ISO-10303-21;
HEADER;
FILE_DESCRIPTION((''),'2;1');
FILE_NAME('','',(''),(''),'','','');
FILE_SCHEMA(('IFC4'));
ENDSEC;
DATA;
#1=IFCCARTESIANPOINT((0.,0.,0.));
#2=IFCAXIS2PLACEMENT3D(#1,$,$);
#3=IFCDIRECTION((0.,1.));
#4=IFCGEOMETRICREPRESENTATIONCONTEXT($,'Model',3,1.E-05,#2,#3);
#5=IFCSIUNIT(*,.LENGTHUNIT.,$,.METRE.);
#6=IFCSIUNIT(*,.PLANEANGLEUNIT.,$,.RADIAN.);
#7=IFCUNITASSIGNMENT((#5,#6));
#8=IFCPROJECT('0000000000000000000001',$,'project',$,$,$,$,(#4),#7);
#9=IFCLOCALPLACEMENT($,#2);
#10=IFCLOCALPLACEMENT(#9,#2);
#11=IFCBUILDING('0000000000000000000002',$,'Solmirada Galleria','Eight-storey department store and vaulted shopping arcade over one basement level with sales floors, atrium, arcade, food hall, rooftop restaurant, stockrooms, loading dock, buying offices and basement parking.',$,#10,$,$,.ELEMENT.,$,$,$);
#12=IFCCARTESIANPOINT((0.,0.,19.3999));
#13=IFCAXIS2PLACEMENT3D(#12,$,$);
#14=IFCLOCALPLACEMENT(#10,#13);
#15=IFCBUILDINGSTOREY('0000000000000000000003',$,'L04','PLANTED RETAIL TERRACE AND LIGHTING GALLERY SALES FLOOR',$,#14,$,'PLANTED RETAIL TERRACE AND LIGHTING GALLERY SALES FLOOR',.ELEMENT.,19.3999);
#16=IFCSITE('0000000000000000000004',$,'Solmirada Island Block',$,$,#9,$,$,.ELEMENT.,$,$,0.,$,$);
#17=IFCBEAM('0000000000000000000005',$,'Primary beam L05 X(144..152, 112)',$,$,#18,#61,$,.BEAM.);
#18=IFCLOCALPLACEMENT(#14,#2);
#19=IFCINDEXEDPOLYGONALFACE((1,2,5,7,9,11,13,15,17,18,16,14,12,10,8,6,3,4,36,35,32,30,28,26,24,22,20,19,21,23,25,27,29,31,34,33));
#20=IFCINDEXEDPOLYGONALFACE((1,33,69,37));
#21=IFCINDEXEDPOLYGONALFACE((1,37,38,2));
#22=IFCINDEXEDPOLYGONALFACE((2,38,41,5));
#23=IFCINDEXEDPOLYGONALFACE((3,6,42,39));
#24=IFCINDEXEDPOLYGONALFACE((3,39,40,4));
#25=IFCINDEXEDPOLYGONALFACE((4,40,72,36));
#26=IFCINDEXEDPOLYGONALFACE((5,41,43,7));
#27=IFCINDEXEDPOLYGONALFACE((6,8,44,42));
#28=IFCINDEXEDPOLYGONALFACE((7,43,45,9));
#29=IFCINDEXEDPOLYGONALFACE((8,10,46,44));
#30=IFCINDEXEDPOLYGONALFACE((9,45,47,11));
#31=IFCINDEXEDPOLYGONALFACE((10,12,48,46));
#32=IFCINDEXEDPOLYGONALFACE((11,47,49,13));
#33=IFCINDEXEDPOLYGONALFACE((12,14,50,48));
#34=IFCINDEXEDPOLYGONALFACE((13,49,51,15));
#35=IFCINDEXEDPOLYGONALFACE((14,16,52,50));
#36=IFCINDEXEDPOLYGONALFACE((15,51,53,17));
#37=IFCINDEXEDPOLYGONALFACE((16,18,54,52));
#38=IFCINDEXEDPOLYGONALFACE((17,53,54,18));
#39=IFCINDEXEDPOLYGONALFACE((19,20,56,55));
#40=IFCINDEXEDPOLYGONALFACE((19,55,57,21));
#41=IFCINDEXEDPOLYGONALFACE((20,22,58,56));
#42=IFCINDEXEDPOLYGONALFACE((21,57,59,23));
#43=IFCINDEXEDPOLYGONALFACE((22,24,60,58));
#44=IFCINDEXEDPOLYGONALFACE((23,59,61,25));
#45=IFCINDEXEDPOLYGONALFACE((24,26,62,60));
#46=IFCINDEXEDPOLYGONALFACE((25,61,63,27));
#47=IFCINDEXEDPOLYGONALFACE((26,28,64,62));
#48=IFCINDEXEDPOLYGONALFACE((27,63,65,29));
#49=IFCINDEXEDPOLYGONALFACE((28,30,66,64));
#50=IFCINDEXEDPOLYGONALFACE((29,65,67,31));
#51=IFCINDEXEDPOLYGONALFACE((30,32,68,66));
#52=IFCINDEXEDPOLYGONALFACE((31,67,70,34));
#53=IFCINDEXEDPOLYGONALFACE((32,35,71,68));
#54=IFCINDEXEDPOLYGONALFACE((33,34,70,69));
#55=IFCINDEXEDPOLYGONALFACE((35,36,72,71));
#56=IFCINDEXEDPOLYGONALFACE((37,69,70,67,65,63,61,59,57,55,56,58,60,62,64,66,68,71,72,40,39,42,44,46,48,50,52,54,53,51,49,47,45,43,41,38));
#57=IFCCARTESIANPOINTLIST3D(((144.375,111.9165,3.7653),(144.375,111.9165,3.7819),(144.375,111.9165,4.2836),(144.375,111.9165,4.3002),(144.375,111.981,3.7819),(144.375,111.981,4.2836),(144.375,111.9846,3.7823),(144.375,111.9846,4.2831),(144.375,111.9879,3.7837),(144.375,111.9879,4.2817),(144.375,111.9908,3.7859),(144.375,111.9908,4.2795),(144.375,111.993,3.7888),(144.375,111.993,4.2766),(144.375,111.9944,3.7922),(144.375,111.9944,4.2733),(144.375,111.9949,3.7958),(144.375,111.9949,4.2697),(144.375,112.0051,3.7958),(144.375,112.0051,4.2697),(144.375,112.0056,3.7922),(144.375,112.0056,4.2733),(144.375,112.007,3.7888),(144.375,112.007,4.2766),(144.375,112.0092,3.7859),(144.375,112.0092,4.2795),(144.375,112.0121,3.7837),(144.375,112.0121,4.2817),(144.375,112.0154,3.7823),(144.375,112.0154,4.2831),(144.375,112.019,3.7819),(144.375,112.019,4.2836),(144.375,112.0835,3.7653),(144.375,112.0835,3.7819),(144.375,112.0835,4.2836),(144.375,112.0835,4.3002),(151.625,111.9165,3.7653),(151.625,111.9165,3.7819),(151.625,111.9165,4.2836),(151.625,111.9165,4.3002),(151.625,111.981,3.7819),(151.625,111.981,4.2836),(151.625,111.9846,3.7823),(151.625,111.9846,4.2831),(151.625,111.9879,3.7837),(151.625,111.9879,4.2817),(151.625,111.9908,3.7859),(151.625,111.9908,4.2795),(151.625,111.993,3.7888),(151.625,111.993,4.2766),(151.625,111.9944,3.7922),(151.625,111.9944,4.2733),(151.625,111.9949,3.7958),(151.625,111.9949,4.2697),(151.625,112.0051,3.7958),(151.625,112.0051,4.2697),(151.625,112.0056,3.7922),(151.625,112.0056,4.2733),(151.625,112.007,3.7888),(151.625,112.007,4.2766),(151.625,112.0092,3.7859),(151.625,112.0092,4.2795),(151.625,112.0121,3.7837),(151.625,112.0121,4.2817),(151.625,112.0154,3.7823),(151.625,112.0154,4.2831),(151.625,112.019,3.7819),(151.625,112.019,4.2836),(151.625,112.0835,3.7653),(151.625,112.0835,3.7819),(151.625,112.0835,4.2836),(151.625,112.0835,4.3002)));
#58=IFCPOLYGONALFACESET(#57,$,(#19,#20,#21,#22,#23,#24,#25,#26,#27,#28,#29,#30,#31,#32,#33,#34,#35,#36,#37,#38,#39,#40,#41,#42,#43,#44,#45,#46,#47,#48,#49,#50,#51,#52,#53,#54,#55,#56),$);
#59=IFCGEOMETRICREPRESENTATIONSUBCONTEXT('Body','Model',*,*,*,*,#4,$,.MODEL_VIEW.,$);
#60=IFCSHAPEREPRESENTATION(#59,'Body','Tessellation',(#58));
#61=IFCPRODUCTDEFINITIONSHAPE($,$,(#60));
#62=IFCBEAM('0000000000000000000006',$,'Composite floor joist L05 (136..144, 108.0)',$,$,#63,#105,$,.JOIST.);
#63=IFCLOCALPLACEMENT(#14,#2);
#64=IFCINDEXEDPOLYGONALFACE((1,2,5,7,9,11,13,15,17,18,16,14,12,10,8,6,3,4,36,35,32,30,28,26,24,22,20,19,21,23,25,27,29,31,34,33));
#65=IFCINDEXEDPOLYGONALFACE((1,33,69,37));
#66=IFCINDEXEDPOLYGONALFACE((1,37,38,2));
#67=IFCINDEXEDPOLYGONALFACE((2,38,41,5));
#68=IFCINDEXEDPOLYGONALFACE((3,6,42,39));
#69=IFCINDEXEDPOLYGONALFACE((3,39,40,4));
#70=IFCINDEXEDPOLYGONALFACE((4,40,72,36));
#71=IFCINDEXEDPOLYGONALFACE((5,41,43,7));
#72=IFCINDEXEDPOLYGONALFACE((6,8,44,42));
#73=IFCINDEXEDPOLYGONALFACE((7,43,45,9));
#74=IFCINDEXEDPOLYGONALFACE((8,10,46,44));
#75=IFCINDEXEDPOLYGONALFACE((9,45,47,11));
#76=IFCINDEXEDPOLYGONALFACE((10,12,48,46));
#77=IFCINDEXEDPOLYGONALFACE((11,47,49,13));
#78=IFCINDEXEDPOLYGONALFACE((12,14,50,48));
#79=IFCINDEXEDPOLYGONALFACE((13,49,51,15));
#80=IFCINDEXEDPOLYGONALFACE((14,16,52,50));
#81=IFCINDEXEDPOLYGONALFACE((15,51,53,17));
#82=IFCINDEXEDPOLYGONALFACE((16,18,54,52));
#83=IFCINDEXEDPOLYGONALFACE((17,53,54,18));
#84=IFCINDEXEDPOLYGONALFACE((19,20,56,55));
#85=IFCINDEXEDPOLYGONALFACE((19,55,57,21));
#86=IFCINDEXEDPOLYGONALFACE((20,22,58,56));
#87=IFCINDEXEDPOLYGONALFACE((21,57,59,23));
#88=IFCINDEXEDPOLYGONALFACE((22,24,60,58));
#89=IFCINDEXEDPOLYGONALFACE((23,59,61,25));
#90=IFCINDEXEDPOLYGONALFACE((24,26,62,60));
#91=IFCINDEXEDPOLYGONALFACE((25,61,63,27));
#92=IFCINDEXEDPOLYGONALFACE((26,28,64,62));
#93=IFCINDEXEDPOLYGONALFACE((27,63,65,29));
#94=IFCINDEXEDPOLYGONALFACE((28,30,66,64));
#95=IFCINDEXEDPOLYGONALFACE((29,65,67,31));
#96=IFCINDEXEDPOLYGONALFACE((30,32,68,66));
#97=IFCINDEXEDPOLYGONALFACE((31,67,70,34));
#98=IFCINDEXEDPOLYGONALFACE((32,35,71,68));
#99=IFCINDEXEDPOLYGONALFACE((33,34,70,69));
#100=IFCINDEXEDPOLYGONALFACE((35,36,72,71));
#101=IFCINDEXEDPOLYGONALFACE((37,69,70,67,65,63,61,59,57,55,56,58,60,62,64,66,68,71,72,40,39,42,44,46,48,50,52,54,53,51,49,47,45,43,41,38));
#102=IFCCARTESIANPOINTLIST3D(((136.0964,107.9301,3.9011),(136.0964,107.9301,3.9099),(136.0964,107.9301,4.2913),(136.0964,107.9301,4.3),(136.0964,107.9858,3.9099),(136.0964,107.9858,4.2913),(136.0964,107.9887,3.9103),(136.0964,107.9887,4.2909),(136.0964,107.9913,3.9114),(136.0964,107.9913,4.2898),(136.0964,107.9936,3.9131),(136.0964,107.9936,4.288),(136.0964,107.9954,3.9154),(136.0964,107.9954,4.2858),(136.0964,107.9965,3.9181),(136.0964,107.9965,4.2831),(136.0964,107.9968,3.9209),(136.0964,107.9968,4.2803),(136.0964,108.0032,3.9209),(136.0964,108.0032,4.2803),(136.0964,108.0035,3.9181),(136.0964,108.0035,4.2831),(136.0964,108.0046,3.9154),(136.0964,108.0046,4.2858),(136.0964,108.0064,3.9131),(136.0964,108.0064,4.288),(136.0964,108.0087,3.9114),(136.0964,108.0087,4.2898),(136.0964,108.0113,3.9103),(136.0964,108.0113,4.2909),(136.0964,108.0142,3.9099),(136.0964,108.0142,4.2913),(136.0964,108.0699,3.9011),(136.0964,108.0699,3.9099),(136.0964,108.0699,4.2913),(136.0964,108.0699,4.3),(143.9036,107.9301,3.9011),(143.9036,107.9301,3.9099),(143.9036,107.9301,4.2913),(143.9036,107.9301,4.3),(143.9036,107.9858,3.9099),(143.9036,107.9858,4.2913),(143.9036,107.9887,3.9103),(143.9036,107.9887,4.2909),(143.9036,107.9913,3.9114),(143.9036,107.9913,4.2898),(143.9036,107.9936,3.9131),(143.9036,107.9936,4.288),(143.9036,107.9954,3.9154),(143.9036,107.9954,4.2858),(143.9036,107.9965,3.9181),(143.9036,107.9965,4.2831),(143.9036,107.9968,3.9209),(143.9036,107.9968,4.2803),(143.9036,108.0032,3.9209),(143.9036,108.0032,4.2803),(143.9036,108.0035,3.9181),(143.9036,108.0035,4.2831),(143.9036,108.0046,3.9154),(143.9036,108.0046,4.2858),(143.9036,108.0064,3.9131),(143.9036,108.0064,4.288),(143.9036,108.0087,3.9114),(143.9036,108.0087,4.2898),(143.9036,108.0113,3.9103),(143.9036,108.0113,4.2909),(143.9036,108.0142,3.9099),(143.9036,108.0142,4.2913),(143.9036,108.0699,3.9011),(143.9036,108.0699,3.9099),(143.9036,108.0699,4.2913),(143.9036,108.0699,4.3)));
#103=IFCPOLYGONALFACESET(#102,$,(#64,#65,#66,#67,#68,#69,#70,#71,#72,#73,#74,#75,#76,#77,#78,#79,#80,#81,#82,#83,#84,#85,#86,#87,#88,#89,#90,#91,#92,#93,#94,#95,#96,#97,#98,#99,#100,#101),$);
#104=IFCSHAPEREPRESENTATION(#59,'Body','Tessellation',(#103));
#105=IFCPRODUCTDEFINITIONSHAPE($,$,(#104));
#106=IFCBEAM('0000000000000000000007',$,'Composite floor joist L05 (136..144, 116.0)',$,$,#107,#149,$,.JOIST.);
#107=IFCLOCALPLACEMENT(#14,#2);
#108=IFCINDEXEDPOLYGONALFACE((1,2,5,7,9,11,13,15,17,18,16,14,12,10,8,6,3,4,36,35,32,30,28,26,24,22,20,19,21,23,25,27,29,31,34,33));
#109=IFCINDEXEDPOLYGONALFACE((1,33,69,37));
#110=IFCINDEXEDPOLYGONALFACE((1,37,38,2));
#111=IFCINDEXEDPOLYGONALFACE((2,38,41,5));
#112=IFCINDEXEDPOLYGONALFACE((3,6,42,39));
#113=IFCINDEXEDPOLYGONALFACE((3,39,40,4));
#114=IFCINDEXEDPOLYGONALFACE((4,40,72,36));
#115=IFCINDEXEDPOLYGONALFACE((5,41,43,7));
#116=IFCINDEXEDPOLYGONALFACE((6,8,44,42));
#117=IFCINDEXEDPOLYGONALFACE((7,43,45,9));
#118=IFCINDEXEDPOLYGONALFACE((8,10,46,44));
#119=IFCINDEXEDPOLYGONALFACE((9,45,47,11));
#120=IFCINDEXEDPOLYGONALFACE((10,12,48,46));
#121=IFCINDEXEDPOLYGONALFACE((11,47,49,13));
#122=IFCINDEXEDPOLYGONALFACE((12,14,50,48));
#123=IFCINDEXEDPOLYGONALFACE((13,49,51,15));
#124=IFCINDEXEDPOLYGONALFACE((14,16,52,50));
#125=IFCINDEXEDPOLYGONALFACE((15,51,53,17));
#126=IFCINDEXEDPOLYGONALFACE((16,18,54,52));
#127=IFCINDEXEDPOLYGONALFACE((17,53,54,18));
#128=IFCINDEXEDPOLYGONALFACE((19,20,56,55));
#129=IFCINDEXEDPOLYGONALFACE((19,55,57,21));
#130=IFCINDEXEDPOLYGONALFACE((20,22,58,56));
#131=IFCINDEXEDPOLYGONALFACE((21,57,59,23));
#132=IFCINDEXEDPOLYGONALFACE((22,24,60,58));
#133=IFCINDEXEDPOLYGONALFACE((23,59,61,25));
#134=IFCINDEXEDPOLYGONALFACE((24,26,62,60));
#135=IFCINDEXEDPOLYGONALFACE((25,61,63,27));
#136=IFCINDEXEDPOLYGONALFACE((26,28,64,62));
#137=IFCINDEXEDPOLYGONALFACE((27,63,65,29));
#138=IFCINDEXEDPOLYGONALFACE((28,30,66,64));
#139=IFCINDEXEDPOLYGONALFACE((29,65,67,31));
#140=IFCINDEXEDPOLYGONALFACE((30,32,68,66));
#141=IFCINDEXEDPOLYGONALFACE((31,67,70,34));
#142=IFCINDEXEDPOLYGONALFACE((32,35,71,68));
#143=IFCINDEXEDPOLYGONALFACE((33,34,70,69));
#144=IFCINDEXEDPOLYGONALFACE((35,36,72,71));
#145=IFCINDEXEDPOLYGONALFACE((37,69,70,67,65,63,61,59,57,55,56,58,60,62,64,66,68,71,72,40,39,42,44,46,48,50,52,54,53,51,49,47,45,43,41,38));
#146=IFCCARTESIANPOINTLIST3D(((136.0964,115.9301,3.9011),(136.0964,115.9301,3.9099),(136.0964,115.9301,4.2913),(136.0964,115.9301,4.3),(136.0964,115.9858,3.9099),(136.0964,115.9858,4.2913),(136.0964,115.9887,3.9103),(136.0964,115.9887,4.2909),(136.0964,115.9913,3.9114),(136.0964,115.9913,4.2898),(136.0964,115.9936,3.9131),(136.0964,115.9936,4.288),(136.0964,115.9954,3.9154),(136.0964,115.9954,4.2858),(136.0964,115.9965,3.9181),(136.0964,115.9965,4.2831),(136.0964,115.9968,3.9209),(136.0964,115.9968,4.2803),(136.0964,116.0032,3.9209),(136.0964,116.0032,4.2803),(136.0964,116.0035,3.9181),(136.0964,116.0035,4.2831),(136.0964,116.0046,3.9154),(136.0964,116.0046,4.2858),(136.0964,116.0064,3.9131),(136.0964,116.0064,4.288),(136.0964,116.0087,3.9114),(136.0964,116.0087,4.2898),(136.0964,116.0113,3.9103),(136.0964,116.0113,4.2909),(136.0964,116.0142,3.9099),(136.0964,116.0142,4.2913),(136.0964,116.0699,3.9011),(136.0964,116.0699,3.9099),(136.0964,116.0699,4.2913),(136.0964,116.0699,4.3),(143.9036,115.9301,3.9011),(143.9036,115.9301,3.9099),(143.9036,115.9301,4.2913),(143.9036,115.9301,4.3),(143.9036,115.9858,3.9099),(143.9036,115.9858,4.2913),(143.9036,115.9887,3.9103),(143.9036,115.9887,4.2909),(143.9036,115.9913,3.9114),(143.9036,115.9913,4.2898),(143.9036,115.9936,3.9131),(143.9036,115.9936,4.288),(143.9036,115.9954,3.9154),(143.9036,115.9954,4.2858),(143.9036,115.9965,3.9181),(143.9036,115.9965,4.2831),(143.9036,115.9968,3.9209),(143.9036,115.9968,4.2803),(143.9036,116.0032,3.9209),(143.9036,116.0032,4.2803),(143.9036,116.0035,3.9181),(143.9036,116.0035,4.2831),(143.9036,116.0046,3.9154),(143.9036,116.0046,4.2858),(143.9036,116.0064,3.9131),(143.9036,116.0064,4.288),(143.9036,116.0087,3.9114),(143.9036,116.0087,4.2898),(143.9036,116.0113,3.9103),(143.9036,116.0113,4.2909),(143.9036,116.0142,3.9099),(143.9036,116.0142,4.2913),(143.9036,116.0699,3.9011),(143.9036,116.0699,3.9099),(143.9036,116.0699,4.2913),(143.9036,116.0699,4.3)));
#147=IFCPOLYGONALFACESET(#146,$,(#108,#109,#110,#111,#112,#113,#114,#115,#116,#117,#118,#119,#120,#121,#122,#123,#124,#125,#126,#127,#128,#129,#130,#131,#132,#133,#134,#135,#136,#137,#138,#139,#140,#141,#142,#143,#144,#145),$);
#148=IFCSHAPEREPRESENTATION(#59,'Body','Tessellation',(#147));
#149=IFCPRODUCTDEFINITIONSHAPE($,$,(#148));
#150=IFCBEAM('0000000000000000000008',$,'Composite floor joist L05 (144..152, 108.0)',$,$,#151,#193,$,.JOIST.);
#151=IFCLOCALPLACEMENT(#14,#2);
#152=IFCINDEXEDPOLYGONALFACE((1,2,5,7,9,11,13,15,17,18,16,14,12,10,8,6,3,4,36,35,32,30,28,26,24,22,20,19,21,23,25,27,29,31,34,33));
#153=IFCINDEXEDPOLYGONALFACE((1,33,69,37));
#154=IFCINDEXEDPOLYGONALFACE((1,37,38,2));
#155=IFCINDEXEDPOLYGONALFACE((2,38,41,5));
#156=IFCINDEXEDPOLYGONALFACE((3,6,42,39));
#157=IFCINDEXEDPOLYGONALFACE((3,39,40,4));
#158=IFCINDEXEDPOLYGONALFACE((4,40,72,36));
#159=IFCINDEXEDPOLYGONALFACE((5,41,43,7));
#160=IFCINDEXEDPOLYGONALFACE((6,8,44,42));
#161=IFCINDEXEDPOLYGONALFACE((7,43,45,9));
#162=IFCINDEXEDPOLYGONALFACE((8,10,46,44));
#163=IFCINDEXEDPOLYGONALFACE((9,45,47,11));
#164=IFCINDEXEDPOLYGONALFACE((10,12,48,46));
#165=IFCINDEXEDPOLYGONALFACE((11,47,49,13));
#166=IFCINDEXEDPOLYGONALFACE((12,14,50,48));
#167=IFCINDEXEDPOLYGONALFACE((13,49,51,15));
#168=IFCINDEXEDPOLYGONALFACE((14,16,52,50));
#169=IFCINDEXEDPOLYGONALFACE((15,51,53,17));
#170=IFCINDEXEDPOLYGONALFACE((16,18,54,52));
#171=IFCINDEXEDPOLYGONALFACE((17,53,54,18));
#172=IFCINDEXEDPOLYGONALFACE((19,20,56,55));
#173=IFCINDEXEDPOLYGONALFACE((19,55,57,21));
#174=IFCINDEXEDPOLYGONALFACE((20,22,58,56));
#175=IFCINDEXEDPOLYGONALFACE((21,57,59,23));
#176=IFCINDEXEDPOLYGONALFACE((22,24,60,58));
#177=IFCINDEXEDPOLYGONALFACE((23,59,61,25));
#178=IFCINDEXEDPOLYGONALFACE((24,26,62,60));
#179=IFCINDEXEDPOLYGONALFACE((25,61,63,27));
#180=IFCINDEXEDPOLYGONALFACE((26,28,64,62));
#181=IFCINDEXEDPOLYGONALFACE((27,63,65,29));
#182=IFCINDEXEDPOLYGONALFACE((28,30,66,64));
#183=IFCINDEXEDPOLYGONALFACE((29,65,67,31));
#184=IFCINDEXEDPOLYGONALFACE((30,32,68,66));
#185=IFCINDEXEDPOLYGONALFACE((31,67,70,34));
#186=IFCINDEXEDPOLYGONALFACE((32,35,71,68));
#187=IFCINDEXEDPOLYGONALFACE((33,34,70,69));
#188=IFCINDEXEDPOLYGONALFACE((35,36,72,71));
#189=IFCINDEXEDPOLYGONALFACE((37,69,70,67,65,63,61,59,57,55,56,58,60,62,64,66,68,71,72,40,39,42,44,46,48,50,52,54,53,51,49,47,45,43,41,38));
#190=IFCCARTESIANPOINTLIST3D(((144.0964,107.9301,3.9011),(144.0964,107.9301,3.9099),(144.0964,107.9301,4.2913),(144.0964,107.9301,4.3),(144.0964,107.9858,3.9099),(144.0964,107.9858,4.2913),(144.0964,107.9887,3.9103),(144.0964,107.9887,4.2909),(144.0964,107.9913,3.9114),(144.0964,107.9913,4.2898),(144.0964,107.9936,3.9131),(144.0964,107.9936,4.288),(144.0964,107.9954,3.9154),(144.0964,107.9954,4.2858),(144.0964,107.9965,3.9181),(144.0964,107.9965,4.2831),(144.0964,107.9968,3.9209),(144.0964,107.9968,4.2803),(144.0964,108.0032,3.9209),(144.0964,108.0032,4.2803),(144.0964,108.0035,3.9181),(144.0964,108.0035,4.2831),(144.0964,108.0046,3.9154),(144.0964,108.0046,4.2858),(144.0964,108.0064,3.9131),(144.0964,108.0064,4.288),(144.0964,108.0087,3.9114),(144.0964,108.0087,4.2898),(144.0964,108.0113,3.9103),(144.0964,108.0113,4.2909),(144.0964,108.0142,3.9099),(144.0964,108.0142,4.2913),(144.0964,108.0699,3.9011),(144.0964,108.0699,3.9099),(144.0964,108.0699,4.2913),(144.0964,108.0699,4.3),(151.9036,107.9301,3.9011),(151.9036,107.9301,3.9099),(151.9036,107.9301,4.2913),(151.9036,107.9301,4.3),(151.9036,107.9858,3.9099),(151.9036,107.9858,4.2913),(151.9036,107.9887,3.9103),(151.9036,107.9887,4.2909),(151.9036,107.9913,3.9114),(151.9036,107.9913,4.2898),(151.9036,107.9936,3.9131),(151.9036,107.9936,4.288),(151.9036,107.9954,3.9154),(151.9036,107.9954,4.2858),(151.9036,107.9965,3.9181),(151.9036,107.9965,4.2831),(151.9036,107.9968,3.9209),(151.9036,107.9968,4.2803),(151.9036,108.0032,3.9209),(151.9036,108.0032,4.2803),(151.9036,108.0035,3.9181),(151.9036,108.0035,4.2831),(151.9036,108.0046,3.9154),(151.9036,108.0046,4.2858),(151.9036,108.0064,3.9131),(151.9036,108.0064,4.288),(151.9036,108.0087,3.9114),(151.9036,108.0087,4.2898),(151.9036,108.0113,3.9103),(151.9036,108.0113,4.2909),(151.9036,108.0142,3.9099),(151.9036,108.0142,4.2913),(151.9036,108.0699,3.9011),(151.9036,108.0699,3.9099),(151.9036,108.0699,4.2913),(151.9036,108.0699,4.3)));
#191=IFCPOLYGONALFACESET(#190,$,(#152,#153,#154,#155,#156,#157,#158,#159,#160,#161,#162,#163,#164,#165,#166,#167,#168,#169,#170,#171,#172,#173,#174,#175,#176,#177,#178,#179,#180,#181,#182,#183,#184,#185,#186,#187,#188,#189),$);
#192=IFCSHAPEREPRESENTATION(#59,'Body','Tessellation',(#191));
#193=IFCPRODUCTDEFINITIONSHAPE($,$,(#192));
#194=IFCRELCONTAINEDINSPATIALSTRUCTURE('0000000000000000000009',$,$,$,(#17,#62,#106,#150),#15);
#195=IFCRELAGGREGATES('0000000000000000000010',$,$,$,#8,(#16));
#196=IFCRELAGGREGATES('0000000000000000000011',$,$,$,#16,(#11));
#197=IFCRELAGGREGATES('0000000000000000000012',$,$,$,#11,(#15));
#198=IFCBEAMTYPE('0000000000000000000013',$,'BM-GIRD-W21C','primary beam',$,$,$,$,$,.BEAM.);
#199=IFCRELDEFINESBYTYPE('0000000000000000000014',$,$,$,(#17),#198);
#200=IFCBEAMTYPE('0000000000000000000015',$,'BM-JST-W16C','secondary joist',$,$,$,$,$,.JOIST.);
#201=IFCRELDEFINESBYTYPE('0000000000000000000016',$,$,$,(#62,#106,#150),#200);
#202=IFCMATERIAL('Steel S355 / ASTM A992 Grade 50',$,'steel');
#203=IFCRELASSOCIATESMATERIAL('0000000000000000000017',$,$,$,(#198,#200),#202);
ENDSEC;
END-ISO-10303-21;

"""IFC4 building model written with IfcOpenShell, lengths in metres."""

from ifc_helpers import new_model, si_unit, direction, frame, origin, origin_2d, place, context, subcontext, project, spatial, i_section, extrude, material, material_profile, profile_set, type_object, element, save


model = new_model("IFC4")

# Units and contexts
model_context = context("Model", 3, precision=1e-05, world=origin(), true_north=direction((0.0, 1.0)))
body_context = subcontext(model_context, "Body", "Model", "MODEL_VIEW")
ifc_project = project(units=[si_unit("LENGTHUNIT", "METRE"), si_unit("PLANEANGLEUNIT", "RADIAN")], contexts=[model_context])

# Site, building, storey
site_placement = place(None, origin())
site = spatial("IfcSite", under=ifc_project, at=site_placement, Name="Solmirada Island Block", CompositionType="ELEMENT", RefElevation=0.0)
building_placement = place(site_placement, origin())
building = spatial("IfcBuilding", under=site, at=building_placement, Name="Solmirada Galleria", Description="Eight-storey department store and vaulted shopping arcade over one basement level with sales floors, atrium, arcade, food hall, rooftop restaurant, stockrooms, loading dock, buying offices and basement parking.", CompositionType="ELEMENT")
storey_placement = place(building_placement, frame((0.0, 0.0, 19.3999)))
storey = spatial("IfcBuildingStorey", under=building, at=storey_placement, Name="L04", Description="PLANTED RETAIL TERRACE AND LIGHTING GALLERY SALES FLOOR", LongName="PLANTED RETAIL TERRACE AND LIGHTING GALLERY SALES FLOOR", CompositionType="ELEMENT", Elevation=19.3999)

# Beams
ifc_material_1 = material(Name="Steel S355 / ASTM A992 Grade 50", Category="steel")
ifc_material_profile_1 = material_profile(ifc_material_1, i_section(OverallWidth=0.167, OverallDepth=0.5349, WebThickness=0.0103, FlangeThickness=0.0166, FilletRadius=0.0139, at=origin_2d()), Name="W21X57")
ifc_profile_set_1 = profile_set([ifc_material_profile_1], Name="Steel S355 / ASTM A992 Grade 50")
beam_type_1 = type_object("IfcBeamType", Name="BM-GIRD-W21C", Description="primary beam", PredefinedType="BEAM", material=ifc_profile_set_1)
for number, where, z_axis, x_axis, name in (
    (1, (144.375, 112.0, 4.0327), (1.0, 0.0, 0.0), (0.0, 1.0, 0.0), "Primary beam L05 X(144..152, 112)"),
):
    element("IfcBeam", number, at=place(storey_placement, frame(where, z_axis=z_axis, x_axis=x_axis)), inside=storey, type_object=beam_type_1, Name=name, PredefinedType="BEAM", context=body_context, shape_type="SweptSolid", body=[
        extrude(i_section(OverallWidth=0.167, OverallDepth=0.5349, WebThickness=0.0103, FlangeThickness=0.0166, FilletRadius=0.0139, at=origin_2d()), origin(), (0.0, 0.0, 1.0), 7.25),
    ])
ifc_material_profile_2 = material_profile(ifc_material_1, i_section(OverallWidth=0.1399, OverallDepth=0.3989, WebThickness=0.0063, FlangeThickness=0.0088, FilletRadius=0.011, at=origin_2d()), Name="W16X26")
ifc_profile_set_2 = profile_set([ifc_material_profile_2], Name="Steel S355 / ASTM A992 Grade 50")
beam_type_2 = type_object("IfcBeamType", Name="BM-JST-W16C", Description="secondary joist", PredefinedType="JOIST", material=ifc_profile_set_2)
for number, where, z_axis, x_axis, name in (
    (2, (136.0964, 108.0, 4.1006), (1.0, 0.0, 0.0), (0.0, 1.0, 0.0), "Composite floor joist L05 (136..144, 108.0)"),
    (3, (136.0964, 116.0, 4.1006), (1.0, 0.0, 0.0), (0.0, 1.0, 0.0), "Composite floor joist L05 (136..144, 116.0)"),
    (4, (144.0964, 108.0, 4.1006), (1.0, 0.0, 0.0), (0.0, 1.0, 0.0), "Composite floor joist L05 (144..152, 108.0)"),
):
    element("IfcBeam", number, at=place(storey_placement, frame(where, z_axis=z_axis, x_axis=x_axis)), inside=storey, type_object=beam_type_2, Name=name, PredefinedType="JOIST", context=body_context, shape_type="SweptSolid", body=[
        extrude(i_section(OverallWidth=0.1399, OverallDepth=0.3989, WebThickness=0.0063, FlangeThickness=0.0088, FilletRadius=0.011, at=origin_2d()), origin(), (0.0, 0.0, 1.0), 7.8071),
    ])

save(model, "model.ifc")
